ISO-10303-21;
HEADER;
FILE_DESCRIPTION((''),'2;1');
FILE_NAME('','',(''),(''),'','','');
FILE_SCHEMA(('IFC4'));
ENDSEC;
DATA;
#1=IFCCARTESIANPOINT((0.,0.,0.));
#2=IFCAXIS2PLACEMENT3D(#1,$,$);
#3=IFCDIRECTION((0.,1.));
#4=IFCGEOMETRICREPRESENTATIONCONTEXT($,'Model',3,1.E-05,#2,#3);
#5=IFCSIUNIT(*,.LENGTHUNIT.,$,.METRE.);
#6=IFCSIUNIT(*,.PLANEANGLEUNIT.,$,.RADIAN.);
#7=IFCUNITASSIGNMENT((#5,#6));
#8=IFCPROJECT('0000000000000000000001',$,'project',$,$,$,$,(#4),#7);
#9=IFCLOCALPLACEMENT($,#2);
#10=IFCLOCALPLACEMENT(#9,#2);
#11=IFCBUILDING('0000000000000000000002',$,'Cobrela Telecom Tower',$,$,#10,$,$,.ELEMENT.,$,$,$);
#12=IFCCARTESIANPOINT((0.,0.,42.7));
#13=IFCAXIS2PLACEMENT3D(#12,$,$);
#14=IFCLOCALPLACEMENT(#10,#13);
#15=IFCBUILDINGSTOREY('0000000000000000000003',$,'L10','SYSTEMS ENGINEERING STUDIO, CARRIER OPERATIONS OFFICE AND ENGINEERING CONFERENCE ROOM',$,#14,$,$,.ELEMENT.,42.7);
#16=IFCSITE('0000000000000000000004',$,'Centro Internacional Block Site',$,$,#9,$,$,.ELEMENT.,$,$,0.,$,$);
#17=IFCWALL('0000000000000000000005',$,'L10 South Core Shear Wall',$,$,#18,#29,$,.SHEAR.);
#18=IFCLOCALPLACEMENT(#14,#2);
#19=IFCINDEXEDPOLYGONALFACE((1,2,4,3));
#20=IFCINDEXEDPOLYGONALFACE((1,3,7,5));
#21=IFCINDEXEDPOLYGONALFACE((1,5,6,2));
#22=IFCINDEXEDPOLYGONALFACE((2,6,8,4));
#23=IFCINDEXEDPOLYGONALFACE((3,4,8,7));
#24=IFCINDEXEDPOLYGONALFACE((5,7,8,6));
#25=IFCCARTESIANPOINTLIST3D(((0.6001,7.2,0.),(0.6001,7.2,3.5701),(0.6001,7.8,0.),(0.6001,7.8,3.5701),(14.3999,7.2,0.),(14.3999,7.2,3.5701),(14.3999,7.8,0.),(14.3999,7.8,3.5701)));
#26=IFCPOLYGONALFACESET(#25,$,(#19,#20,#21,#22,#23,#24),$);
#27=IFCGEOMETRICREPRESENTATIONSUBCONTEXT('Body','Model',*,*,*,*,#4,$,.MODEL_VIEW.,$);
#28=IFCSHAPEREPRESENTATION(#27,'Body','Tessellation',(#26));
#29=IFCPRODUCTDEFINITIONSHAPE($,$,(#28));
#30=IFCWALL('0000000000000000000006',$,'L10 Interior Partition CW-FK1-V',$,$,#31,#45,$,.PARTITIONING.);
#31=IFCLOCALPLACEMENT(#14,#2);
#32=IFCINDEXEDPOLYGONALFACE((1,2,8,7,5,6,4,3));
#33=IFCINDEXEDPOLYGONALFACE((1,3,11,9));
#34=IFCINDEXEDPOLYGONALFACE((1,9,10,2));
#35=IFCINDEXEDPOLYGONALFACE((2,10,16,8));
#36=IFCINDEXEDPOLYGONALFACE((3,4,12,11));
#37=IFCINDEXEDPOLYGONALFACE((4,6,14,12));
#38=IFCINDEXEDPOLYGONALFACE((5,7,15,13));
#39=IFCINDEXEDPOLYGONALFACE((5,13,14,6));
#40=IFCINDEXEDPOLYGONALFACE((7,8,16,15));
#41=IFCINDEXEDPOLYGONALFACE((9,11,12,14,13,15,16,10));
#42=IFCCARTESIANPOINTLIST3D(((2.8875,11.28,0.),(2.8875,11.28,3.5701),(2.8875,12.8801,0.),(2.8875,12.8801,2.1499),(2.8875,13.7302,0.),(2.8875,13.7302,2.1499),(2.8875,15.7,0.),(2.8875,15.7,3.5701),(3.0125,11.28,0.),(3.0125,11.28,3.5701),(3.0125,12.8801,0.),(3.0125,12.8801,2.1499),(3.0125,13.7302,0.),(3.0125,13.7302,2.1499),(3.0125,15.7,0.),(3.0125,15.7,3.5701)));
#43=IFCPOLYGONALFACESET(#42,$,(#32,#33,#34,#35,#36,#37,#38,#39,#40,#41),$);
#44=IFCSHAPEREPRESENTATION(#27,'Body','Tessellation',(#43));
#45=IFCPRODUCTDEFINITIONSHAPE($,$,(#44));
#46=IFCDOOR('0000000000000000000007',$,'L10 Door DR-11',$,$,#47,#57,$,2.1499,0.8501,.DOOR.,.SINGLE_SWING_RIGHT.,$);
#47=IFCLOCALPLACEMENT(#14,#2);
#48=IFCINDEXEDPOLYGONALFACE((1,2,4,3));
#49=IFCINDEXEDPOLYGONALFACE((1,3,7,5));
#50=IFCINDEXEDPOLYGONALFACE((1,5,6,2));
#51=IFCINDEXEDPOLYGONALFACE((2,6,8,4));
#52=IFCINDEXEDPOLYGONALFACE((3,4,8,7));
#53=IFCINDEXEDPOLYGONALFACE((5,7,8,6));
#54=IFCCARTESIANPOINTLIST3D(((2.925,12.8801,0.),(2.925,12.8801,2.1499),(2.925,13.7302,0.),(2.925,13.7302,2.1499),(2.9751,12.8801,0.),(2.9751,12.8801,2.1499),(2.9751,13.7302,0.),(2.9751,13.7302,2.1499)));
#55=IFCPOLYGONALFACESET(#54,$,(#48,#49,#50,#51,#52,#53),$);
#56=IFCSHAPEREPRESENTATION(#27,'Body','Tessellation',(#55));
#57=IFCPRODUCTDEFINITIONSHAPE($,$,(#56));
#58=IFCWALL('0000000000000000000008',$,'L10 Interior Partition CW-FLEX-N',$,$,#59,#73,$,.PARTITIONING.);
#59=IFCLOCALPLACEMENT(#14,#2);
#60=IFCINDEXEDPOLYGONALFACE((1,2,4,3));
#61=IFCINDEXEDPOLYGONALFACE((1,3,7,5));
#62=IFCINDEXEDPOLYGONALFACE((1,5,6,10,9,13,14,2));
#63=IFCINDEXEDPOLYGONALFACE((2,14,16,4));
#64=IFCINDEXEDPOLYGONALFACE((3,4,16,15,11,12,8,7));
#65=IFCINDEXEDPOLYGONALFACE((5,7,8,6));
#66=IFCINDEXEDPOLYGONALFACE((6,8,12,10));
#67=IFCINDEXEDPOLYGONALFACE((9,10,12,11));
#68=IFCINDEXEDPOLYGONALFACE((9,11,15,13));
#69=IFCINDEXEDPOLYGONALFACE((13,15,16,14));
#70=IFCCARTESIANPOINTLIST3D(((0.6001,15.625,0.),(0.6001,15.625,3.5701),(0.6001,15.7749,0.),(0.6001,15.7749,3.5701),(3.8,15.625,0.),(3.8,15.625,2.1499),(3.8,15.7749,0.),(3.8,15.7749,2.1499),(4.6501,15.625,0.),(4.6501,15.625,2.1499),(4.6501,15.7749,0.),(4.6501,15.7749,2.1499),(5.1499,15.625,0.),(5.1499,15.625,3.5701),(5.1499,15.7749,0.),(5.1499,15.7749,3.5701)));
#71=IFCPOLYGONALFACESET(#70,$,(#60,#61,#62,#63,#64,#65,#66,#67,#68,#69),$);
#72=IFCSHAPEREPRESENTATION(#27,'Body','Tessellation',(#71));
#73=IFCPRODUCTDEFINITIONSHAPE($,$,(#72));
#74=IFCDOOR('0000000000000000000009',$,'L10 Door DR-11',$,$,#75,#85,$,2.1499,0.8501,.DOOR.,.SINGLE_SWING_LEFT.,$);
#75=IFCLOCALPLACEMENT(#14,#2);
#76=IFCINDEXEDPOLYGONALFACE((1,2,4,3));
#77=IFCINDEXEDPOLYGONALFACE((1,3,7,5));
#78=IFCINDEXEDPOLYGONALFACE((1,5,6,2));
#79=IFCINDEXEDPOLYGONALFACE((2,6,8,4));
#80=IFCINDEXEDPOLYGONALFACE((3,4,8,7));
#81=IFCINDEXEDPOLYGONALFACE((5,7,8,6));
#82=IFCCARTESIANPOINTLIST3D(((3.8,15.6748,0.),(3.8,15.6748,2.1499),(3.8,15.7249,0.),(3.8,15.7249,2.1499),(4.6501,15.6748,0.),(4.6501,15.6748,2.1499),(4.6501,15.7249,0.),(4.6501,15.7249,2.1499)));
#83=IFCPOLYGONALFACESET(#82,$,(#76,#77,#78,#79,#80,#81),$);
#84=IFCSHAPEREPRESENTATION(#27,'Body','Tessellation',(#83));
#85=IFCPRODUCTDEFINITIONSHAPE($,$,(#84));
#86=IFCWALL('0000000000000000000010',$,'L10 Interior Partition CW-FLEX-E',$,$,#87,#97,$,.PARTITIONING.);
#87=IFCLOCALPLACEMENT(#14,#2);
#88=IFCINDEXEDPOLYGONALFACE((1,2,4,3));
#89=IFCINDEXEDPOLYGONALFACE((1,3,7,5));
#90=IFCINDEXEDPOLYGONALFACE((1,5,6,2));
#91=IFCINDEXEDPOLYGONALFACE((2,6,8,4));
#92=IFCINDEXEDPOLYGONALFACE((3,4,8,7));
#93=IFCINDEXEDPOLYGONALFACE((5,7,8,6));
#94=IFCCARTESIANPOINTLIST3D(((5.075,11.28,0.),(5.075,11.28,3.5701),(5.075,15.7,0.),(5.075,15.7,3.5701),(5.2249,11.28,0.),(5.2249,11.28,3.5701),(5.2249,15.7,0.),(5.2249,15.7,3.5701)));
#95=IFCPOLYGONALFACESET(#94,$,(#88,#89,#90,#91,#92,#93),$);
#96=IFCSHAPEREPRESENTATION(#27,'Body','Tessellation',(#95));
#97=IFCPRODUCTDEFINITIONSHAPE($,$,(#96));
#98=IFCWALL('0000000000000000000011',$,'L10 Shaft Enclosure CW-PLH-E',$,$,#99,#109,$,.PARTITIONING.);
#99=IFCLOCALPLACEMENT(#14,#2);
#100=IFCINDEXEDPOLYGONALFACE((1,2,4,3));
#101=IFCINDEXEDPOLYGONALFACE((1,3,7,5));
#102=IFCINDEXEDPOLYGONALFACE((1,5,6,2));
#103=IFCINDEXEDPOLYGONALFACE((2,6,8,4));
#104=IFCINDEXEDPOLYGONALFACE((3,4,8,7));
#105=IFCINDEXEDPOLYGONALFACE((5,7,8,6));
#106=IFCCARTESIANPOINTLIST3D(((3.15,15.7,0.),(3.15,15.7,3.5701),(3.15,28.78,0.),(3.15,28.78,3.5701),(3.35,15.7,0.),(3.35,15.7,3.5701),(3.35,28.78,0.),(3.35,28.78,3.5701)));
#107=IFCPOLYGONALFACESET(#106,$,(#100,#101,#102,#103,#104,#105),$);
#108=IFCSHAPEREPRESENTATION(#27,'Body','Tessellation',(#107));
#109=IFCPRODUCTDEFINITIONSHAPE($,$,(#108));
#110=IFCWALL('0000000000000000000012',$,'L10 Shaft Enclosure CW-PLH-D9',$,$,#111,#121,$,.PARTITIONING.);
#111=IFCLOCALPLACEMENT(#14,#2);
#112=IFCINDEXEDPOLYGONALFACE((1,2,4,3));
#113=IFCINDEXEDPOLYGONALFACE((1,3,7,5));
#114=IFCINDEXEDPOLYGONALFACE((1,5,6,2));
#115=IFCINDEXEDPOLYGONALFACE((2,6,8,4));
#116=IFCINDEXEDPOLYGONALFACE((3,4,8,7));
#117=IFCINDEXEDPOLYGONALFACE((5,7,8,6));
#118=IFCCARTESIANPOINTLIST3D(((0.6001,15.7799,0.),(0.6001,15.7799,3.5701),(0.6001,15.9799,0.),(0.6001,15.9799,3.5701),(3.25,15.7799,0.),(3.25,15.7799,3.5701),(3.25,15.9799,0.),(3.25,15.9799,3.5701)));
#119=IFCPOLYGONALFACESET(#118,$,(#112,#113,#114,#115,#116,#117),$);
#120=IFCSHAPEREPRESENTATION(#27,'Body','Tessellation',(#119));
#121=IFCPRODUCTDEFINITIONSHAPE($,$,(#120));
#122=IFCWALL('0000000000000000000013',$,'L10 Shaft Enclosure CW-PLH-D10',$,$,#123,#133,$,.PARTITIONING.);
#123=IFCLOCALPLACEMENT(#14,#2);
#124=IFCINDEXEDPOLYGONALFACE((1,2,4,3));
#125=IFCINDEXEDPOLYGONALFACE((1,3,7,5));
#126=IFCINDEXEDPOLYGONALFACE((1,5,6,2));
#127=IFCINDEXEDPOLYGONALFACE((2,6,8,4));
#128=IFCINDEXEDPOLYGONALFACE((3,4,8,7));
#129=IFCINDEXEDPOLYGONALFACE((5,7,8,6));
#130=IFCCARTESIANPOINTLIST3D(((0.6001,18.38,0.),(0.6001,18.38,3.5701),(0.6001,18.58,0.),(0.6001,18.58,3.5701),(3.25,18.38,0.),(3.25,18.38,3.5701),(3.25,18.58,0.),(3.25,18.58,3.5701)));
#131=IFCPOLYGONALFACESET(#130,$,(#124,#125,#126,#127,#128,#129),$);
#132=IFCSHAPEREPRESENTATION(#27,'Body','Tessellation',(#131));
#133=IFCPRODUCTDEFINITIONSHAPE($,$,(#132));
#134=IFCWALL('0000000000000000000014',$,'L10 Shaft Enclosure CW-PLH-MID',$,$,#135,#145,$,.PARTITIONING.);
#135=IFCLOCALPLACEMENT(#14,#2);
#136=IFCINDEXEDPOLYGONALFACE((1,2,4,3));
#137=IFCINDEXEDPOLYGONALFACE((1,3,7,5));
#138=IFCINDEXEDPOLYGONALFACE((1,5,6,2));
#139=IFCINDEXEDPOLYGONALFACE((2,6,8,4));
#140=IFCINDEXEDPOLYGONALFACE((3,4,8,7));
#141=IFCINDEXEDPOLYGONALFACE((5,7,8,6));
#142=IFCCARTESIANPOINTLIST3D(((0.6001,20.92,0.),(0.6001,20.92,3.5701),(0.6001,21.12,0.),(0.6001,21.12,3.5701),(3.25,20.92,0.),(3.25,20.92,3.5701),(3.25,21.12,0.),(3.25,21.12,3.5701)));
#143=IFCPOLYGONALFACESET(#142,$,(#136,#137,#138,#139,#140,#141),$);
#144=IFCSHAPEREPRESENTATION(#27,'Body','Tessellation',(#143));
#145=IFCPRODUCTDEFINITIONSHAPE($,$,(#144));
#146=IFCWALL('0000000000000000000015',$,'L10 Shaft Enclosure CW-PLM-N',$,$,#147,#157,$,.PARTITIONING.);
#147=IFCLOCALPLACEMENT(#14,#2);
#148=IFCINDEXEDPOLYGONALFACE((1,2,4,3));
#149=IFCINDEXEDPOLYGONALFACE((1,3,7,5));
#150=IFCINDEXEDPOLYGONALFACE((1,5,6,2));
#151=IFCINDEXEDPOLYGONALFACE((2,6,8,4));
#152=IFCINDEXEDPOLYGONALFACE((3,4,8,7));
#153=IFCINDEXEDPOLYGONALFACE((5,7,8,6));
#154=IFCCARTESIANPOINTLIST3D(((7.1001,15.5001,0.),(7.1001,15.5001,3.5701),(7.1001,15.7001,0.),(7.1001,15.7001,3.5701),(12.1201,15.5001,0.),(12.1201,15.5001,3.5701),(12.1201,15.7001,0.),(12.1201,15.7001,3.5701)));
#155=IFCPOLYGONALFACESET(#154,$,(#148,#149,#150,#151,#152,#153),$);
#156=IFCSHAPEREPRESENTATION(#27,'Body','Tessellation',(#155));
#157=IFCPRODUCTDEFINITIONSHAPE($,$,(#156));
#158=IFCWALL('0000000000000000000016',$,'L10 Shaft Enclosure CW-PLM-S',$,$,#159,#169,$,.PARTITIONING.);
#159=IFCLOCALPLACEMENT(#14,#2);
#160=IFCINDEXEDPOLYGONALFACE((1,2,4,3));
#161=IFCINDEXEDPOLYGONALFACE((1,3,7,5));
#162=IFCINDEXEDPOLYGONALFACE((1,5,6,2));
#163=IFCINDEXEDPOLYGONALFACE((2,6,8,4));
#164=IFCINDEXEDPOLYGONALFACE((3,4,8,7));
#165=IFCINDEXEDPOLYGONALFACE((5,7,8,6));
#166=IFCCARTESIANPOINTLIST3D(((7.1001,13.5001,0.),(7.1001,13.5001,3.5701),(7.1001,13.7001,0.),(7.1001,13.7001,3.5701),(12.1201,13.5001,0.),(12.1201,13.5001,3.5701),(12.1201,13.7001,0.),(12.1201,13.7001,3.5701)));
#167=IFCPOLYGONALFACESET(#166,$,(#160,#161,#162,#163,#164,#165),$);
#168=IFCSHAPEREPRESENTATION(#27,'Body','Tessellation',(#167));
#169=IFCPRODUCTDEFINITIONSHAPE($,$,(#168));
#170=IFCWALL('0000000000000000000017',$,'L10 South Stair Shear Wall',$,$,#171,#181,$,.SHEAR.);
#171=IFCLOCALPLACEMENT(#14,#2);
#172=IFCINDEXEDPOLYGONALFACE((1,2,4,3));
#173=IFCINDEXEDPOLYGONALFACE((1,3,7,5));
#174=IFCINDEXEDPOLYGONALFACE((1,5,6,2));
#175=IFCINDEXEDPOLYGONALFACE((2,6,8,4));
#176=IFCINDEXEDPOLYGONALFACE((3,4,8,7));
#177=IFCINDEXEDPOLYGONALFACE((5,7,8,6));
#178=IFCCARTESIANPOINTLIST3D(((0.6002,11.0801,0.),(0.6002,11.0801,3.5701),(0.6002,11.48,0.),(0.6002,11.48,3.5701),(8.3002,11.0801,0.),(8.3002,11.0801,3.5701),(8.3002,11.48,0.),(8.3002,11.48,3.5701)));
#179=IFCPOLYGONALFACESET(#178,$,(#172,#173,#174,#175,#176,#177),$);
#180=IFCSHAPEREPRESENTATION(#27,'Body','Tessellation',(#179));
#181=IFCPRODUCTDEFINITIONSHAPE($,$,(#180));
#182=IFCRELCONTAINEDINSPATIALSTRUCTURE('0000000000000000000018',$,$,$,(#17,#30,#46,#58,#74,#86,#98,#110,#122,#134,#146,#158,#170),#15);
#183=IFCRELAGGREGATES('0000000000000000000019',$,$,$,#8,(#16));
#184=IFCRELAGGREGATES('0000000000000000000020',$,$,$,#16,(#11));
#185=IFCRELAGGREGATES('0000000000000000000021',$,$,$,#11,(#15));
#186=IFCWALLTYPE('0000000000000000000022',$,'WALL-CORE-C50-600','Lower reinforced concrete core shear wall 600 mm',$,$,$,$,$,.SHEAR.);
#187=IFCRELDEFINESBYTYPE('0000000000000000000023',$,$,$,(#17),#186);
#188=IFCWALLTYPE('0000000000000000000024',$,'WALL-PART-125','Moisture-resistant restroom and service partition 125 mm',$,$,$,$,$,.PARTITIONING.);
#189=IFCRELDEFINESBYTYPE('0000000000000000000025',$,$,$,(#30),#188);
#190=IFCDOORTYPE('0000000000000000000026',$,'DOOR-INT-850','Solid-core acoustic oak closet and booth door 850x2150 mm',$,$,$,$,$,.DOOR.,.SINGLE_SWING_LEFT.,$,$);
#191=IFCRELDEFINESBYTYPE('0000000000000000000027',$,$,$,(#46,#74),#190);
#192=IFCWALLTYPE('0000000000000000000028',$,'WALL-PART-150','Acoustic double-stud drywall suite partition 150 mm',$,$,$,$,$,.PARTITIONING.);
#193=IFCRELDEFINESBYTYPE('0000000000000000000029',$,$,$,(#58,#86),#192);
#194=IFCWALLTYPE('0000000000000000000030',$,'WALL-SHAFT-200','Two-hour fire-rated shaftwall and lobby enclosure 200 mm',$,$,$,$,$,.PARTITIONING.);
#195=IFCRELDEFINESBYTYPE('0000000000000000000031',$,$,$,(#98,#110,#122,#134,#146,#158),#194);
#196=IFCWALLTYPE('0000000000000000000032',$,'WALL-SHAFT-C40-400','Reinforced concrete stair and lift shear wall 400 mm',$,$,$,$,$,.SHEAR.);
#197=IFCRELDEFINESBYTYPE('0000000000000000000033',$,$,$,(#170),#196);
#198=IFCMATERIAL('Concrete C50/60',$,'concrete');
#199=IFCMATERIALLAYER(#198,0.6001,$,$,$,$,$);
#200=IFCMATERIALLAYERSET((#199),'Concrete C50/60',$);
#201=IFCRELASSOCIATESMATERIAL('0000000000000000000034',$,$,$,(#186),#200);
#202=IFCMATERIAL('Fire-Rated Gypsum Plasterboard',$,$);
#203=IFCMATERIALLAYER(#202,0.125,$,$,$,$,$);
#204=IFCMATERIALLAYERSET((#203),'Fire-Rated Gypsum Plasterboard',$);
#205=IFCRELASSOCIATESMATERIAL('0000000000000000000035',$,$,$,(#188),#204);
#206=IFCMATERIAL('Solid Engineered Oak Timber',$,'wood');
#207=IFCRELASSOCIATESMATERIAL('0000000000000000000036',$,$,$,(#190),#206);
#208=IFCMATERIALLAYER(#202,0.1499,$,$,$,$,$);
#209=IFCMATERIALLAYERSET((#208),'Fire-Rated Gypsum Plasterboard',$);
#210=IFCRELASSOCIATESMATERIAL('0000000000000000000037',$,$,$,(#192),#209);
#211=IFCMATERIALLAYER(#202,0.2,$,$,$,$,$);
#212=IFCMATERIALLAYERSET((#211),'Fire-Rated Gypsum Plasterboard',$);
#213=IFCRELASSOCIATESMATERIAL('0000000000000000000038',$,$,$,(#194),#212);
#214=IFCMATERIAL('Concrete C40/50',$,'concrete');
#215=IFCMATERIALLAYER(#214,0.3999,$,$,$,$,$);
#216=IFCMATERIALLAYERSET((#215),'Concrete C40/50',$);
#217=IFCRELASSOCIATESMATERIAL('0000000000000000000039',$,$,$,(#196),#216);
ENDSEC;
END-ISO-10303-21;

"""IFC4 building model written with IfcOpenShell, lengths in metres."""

from ifc_helpers import new_model, si_unit, direction, frame, frame_2d, origin, place, context, subcontext, project, spatial, rectangle, extrude, material, layer, layer_set, type_object, element, fill, save


model = new_model("IFC4")

# Units and contexts
model_context = context("Model", 3, precision=1e-05, world=origin(), true_north=direction((0.0, 1.0)))
body_context = subcontext(model_context, "Body", "Model", "MODEL_VIEW")
ifc_project = project(units=[si_unit("LENGTHUNIT", "METRE"), si_unit("PLANEANGLEUNIT", "RADIAN")], contexts=[model_context])

# Site, building, storey
site_placement = place(None, origin())
site = spatial("IfcSite", under=ifc_project, at=site_placement, Name="Centro Internacional Block Site", CompositionType="ELEMENT", RefElevation=0.0)
building_placement = place(site_placement, origin())
building = spatial("IfcBuilding", under=site, at=building_placement, Name="Cobrela Telecom Tower", CompositionType="ELEMENT")
storey_placement = place(building_placement, frame((0.0, 0.0, 42.7)))
storey = spatial("IfcBuildingStorey", under=building, at=storey_placement, Name="L10", Description="SYSTEMS ENGINEERING STUDIO, CARRIER OPERATIONS OFFICE AND ENGINEERING CONFERENCE ROOM", CompositionType="ELEMENT", Elevation=42.7)

# Wall
ifc_material_1 = material(Name="Concrete C50/60", Category="concrete")
ifc_layer_1 = layer(ifc_material_1, 0.6001)
ifc_layer_set_1 = layer_set([ifc_layer_1], Name="Concrete C50/60")
wall_type_1 = type_object("IfcWallType", Name="WALL-CORE-C50-600", Description="Lower reinforced concrete core shear wall 600 mm", PredefinedType="SHEAR", material=ifc_layer_set_1)
wall_1_placement = place(storey_placement, frame((0.6001, 7.5, 0.0), z_axis=(0.0, 0.0, 1.0), x_axis=(1.0, 0.0, 0.0)))
element("IfcWall", 1, at=wall_1_placement, inside=storey, type_object=wall_type_1, Name="L10 South Core Shear Wall", PredefinedType="SHEAR", context=body_context, shape_type="SweptSolid", body=[
    extrude(rectangle(XDim=13.7998, YDim=0.6001, at=frame_2d((6.8999, 0.0))), origin(), (0.0, 0.0, 1.0), 3.5701),
])

# Walls, openings, doors
ifc_material_2 = material(Name="Fire-Rated Gypsum Plasterboard")
ifc_layer_2 = layer(ifc_material_2, 0.125)
ifc_layer_set_2 = layer_set([ifc_layer_2], Name="Fire-Rated Gypsum Plasterboard")
wall_type_2 = type_object("IfcWallType", Name="WALL-PART-125", Description="Moisture-resistant restroom and service partition 125 mm", PredefinedType="PARTITIONING", material=ifc_layer_set_2)
wall_2_placement = place(storey_placement, frame((2.95, 11.28, 0.0), z_axis=(0.0, 0.0, 1.0), x_axis=(0.0, 1.0, 0.0)))
wall_2 = element("IfcWall", 2, at=wall_2_placement, inside=storey, type_object=wall_type_2, Name="L10 Interior Partition CW-FK1-V", PredefinedType="PARTITIONING", context=body_context, shape_type="SweptSolid", body=[
    extrude(rectangle(XDim=4.4199, YDim=0.125, at=frame_2d((2.21, 0.0))), origin(), (0.0, 0.0, 1.0), 3.5701),
])
opening_1_placement = place(wall_2_placement, frame((1.6001, 0.0, 0.0)))
opening_1 = element("IfcOpeningElement", 3, at=opening_1_placement, cuts=wall_2, PredefinedType="OPENING", context=body_context, shape_type="SweptSolid", body=[
    extrude(rectangle(XDim=0.8501, YDim=2.1499, at=frame_2d((0.425, 1.075))), frame((0.0, 0.0745, 0.0), z_axis=(0.0, -1.0, 0.0), x_axis=(1.0, 0.0, 0.0)), (0.0, 0.0, 1.0), 0.1489),
])
ifc_material_3 = material(Name="Solid Engineered Oak Timber", Category="wood")
door_type = type_object("IfcDoorType", Name="DOOR-INT-850", Description="Solid-core acoustic oak closet and booth door 850x2150 mm", OperationType="SINGLE_SWING_LEFT", PredefinedType="DOOR", material=ifc_material_3)
door_1_placement = place(opening_1_placement, origin())
door_1 = element("IfcDoor", 4, at=door_1_placement, inside=storey, type_object=door_type, Name="L10 Door DR-11", OperationType="SINGLE_SWING_RIGHT", OverallHeight=2.1499, OverallWidth=0.8501, PredefinedType="DOOR", context=body_context, shape_type="SweptSolid", body=[
    extrude(rectangle(XDim=0.8501, YDim=2.1499, at=frame_2d((0.425, 1.075))), frame((0.0, 0.0249, 0.0), z_axis=(0.0, -1.0, 0.0), x_axis=(1.0, 0.0, 0.0)), (0.0, 0.0, 1.0), 0.05),
])
fill(opening_1, door_1)
ifc_layer_3 = layer(ifc_material_2, 0.1499)
ifc_layer_set_3 = layer_set([ifc_layer_3], Name="Fire-Rated Gypsum Plasterboard")
wall_type_3 = type_object("IfcWallType", Name="WALL-PART-150", Description="Acoustic double-stud drywall suite partition 150 mm", PredefinedType="PARTITIONING", material=ifc_layer_set_3)
wall_3_placement = place(storey_placement, frame((0.6001, 15.7, 0.0), z_axis=(0.0, 0.0, 1.0), x_axis=(1.0, 0.0, 0.0)))
wall_3 = element("IfcWall", 5, at=wall_3_placement, inside=storey, type_object=wall_type_3, Name="L10 Interior Partition CW-FLEX-N", PredefinedType="PARTITIONING", context=body_context, shape_type="SweptSolid", body=[
    extrude(rectangle(XDim=4.5498, YDim=0.1499, at=frame_2d((2.2749, 0.0))), origin(), (0.0, 0.0, 1.0), 3.5701),
])
opening_2_placement = place(wall_3_placement, frame((3.2, 0.0, 0.0)))
opening_2 = element("IfcOpeningElement", 6, at=opening_2_placement, cuts=wall_3, PredefinedType="OPENING", context=body_context, shape_type="SweptSolid", body=[
    extrude(rectangle(XDim=0.8501, YDim=2.1499, at=frame_2d((0.425, 1.075))), frame((0.0, 0.0869, 0.0), z_axis=(0.0, -1.0, 0.0), x_axis=(1.0, 0.0, 0.0)), (0.0, 0.0, 1.0), 0.1738),
])
door_2_placement = place(opening_2_placement, origin())
door_2 = element("IfcDoor", 7, at=door_2_placement, inside=storey, type_object=door_type, Name="L10 Door DR-11", OperationType="SINGLE_SWING_LEFT", OverallHeight=2.1499, OverallWidth=0.8501, PredefinedType="DOOR", context=body_context, shape_type="SweptSolid", body=[
    extrude(rectangle(XDim=0.8501, YDim=2.1499, at=frame_2d((0.425, 1.075))), frame((0.0, 0.0249, 0.0), z_axis=(0.0, -1.0, 0.0), x_axis=(1.0, 0.0, 0.0)), (0.0, 0.0, 1.0), 0.05),
])
fill(opening_2, door_2)

# Walls
wall_4_placement = place(storey_placement, frame((5.1499, 11.28, 0.0), z_axis=(0.0, 0.0, 1.0), x_axis=(0.0, 1.0, 0.0)))
element("IfcWall", 8, at=wall_4_placement, inside=storey, type_object=wall_type_3, Name="L10 Interior Partition CW-FLEX-E", PredefinedType="PARTITIONING", context=body_context, shape_type="SweptSolid", body=[
    extrude(rectangle(XDim=4.4199, YDim=0.1499, at=frame_2d((2.21, 0.0))), origin(), (0.0, 0.0, 1.0), 3.5701),
])
ifc_layer_4 = layer(ifc_material_2, 0.2)
ifc_layer_set_4 = layer_set([ifc_layer_4], Name="Fire-Rated Gypsum Plasterboard")
wall_type_4 = type_object("IfcWallType", Name="WALL-SHAFT-200", Description="Two-hour fire-rated shaftwall and lobby enclosure 200 mm", PredefinedType="PARTITIONING", material=ifc_layer_set_4)
wall_5_placement = place(storey_placement, frame((3.25, 15.7, 0.0), z_axis=(0.0, 0.0, 1.0), x_axis=(0.0, 1.0, 0.0)))
element("IfcWall", 9, at=wall_5_placement, inside=storey, type_object=wall_type_4, Name="L10 Shaft Enclosure CW-PLH-E", PredefinedType="PARTITIONING", context=body_context, shape_type="SweptSolid", body=[
    extrude(rectangle(XDim=13.0801, YDim=0.2, at=frame_2d((6.54, 0.0))), origin(), (0.0, 0.0, 1.0), 3.5701),
])
for number, where, z_axis, x_axis, name in (
    (10, (0.6001, 15.8799, 0.0), (0.0, 0.0, 1.0), (1.0, 0.0, 0.0), "L10 Shaft Enclosure CW-PLH-D9"),
    (11, (0.6001, 18.48, 0.0), (0.0, 0.0, 1.0), (1.0, 0.0, 0.0), "L10 Shaft Enclosure CW-PLH-D10"),
    (12, (0.6001, 21.02, 0.0), (0.0, 0.0, 1.0), (1.0, 0.0, 0.0), "L10 Shaft Enclosure CW-PLH-MID"),
):
    element("IfcWall", number, at=place(storey_placement, frame(where, z_axis=z_axis, x_axis=x_axis)), inside=storey, type_object=wall_type_4, Name=name, PredefinedType="PARTITIONING", context=body_context, shape_type="SweptSolid", body=[
        extrude(rectangle(XDim=2.6499, YDim=0.2, at=frame_2d((1.325, 0.0))), origin(), (0.0, 0.0, 1.0), 3.5701),
    ])
for number, where, z_axis, x_axis, name in (
    (13, (7.1001, 15.6001, 0.0), (0.0, 0.0, 1.0), (1.0, 0.0, 0.0), "L10 Shaft Enclosure CW-PLM-N"),
    (14, (7.1001, 13.6001, 0.0), (0.0, 0.0, 1.0), (1.0, 0.0, 0.0), "L10 Shaft Enclosure CW-PLM-S"),
):
    element("IfcWall", number, at=place(storey_placement, frame(where, z_axis=z_axis, x_axis=x_axis)), inside=storey, type_object=wall_type_4, Name=name, PredefinedType="PARTITIONING", context=body_context, shape_type="SweptSolid", body=[
        extrude(rectangle(XDim=5.02, YDim=0.2, at=frame_2d((2.51, 0.0))), origin(), (0.0, 0.0, 1.0), 3.5701),
    ])
ifc_material_4 = material(Name="Concrete C40/50", Category="concrete")
ifc_layer_5 = layer(ifc_material_4, 0.3999)
ifc_layer_set_5 = layer_set([ifc_layer_5], Name="Concrete C40/50")
wall_type_5 = type_object("IfcWallType", Name="WALL-SHAFT-C40-400", Description="Reinforced concrete stair and lift shear wall 400 mm", PredefinedType="SHEAR", material=ifc_layer_set_5)
wall_6_placement = place(storey_placement, frame((0.6001, 11.28, 0.0), z_axis=(0.0, 0.0, 1.0), x_axis=(1.0, 0.0, 0.0)))
element("IfcWall", 15, at=wall_6_placement, inside=storey, type_object=wall_type_5, Name="L10 South Stair Shear Wall", PredefinedType="SHEAR", context=body_context, shape_type="SweptSolid", body=[
    extrude(rectangle(XDim=7.7, YDim=0.3999, at=frame_2d((3.8501, 0.0))), origin(), (0.0, 0.0, 1.0), 3.5701),
])

save(model, "model.ifc")
